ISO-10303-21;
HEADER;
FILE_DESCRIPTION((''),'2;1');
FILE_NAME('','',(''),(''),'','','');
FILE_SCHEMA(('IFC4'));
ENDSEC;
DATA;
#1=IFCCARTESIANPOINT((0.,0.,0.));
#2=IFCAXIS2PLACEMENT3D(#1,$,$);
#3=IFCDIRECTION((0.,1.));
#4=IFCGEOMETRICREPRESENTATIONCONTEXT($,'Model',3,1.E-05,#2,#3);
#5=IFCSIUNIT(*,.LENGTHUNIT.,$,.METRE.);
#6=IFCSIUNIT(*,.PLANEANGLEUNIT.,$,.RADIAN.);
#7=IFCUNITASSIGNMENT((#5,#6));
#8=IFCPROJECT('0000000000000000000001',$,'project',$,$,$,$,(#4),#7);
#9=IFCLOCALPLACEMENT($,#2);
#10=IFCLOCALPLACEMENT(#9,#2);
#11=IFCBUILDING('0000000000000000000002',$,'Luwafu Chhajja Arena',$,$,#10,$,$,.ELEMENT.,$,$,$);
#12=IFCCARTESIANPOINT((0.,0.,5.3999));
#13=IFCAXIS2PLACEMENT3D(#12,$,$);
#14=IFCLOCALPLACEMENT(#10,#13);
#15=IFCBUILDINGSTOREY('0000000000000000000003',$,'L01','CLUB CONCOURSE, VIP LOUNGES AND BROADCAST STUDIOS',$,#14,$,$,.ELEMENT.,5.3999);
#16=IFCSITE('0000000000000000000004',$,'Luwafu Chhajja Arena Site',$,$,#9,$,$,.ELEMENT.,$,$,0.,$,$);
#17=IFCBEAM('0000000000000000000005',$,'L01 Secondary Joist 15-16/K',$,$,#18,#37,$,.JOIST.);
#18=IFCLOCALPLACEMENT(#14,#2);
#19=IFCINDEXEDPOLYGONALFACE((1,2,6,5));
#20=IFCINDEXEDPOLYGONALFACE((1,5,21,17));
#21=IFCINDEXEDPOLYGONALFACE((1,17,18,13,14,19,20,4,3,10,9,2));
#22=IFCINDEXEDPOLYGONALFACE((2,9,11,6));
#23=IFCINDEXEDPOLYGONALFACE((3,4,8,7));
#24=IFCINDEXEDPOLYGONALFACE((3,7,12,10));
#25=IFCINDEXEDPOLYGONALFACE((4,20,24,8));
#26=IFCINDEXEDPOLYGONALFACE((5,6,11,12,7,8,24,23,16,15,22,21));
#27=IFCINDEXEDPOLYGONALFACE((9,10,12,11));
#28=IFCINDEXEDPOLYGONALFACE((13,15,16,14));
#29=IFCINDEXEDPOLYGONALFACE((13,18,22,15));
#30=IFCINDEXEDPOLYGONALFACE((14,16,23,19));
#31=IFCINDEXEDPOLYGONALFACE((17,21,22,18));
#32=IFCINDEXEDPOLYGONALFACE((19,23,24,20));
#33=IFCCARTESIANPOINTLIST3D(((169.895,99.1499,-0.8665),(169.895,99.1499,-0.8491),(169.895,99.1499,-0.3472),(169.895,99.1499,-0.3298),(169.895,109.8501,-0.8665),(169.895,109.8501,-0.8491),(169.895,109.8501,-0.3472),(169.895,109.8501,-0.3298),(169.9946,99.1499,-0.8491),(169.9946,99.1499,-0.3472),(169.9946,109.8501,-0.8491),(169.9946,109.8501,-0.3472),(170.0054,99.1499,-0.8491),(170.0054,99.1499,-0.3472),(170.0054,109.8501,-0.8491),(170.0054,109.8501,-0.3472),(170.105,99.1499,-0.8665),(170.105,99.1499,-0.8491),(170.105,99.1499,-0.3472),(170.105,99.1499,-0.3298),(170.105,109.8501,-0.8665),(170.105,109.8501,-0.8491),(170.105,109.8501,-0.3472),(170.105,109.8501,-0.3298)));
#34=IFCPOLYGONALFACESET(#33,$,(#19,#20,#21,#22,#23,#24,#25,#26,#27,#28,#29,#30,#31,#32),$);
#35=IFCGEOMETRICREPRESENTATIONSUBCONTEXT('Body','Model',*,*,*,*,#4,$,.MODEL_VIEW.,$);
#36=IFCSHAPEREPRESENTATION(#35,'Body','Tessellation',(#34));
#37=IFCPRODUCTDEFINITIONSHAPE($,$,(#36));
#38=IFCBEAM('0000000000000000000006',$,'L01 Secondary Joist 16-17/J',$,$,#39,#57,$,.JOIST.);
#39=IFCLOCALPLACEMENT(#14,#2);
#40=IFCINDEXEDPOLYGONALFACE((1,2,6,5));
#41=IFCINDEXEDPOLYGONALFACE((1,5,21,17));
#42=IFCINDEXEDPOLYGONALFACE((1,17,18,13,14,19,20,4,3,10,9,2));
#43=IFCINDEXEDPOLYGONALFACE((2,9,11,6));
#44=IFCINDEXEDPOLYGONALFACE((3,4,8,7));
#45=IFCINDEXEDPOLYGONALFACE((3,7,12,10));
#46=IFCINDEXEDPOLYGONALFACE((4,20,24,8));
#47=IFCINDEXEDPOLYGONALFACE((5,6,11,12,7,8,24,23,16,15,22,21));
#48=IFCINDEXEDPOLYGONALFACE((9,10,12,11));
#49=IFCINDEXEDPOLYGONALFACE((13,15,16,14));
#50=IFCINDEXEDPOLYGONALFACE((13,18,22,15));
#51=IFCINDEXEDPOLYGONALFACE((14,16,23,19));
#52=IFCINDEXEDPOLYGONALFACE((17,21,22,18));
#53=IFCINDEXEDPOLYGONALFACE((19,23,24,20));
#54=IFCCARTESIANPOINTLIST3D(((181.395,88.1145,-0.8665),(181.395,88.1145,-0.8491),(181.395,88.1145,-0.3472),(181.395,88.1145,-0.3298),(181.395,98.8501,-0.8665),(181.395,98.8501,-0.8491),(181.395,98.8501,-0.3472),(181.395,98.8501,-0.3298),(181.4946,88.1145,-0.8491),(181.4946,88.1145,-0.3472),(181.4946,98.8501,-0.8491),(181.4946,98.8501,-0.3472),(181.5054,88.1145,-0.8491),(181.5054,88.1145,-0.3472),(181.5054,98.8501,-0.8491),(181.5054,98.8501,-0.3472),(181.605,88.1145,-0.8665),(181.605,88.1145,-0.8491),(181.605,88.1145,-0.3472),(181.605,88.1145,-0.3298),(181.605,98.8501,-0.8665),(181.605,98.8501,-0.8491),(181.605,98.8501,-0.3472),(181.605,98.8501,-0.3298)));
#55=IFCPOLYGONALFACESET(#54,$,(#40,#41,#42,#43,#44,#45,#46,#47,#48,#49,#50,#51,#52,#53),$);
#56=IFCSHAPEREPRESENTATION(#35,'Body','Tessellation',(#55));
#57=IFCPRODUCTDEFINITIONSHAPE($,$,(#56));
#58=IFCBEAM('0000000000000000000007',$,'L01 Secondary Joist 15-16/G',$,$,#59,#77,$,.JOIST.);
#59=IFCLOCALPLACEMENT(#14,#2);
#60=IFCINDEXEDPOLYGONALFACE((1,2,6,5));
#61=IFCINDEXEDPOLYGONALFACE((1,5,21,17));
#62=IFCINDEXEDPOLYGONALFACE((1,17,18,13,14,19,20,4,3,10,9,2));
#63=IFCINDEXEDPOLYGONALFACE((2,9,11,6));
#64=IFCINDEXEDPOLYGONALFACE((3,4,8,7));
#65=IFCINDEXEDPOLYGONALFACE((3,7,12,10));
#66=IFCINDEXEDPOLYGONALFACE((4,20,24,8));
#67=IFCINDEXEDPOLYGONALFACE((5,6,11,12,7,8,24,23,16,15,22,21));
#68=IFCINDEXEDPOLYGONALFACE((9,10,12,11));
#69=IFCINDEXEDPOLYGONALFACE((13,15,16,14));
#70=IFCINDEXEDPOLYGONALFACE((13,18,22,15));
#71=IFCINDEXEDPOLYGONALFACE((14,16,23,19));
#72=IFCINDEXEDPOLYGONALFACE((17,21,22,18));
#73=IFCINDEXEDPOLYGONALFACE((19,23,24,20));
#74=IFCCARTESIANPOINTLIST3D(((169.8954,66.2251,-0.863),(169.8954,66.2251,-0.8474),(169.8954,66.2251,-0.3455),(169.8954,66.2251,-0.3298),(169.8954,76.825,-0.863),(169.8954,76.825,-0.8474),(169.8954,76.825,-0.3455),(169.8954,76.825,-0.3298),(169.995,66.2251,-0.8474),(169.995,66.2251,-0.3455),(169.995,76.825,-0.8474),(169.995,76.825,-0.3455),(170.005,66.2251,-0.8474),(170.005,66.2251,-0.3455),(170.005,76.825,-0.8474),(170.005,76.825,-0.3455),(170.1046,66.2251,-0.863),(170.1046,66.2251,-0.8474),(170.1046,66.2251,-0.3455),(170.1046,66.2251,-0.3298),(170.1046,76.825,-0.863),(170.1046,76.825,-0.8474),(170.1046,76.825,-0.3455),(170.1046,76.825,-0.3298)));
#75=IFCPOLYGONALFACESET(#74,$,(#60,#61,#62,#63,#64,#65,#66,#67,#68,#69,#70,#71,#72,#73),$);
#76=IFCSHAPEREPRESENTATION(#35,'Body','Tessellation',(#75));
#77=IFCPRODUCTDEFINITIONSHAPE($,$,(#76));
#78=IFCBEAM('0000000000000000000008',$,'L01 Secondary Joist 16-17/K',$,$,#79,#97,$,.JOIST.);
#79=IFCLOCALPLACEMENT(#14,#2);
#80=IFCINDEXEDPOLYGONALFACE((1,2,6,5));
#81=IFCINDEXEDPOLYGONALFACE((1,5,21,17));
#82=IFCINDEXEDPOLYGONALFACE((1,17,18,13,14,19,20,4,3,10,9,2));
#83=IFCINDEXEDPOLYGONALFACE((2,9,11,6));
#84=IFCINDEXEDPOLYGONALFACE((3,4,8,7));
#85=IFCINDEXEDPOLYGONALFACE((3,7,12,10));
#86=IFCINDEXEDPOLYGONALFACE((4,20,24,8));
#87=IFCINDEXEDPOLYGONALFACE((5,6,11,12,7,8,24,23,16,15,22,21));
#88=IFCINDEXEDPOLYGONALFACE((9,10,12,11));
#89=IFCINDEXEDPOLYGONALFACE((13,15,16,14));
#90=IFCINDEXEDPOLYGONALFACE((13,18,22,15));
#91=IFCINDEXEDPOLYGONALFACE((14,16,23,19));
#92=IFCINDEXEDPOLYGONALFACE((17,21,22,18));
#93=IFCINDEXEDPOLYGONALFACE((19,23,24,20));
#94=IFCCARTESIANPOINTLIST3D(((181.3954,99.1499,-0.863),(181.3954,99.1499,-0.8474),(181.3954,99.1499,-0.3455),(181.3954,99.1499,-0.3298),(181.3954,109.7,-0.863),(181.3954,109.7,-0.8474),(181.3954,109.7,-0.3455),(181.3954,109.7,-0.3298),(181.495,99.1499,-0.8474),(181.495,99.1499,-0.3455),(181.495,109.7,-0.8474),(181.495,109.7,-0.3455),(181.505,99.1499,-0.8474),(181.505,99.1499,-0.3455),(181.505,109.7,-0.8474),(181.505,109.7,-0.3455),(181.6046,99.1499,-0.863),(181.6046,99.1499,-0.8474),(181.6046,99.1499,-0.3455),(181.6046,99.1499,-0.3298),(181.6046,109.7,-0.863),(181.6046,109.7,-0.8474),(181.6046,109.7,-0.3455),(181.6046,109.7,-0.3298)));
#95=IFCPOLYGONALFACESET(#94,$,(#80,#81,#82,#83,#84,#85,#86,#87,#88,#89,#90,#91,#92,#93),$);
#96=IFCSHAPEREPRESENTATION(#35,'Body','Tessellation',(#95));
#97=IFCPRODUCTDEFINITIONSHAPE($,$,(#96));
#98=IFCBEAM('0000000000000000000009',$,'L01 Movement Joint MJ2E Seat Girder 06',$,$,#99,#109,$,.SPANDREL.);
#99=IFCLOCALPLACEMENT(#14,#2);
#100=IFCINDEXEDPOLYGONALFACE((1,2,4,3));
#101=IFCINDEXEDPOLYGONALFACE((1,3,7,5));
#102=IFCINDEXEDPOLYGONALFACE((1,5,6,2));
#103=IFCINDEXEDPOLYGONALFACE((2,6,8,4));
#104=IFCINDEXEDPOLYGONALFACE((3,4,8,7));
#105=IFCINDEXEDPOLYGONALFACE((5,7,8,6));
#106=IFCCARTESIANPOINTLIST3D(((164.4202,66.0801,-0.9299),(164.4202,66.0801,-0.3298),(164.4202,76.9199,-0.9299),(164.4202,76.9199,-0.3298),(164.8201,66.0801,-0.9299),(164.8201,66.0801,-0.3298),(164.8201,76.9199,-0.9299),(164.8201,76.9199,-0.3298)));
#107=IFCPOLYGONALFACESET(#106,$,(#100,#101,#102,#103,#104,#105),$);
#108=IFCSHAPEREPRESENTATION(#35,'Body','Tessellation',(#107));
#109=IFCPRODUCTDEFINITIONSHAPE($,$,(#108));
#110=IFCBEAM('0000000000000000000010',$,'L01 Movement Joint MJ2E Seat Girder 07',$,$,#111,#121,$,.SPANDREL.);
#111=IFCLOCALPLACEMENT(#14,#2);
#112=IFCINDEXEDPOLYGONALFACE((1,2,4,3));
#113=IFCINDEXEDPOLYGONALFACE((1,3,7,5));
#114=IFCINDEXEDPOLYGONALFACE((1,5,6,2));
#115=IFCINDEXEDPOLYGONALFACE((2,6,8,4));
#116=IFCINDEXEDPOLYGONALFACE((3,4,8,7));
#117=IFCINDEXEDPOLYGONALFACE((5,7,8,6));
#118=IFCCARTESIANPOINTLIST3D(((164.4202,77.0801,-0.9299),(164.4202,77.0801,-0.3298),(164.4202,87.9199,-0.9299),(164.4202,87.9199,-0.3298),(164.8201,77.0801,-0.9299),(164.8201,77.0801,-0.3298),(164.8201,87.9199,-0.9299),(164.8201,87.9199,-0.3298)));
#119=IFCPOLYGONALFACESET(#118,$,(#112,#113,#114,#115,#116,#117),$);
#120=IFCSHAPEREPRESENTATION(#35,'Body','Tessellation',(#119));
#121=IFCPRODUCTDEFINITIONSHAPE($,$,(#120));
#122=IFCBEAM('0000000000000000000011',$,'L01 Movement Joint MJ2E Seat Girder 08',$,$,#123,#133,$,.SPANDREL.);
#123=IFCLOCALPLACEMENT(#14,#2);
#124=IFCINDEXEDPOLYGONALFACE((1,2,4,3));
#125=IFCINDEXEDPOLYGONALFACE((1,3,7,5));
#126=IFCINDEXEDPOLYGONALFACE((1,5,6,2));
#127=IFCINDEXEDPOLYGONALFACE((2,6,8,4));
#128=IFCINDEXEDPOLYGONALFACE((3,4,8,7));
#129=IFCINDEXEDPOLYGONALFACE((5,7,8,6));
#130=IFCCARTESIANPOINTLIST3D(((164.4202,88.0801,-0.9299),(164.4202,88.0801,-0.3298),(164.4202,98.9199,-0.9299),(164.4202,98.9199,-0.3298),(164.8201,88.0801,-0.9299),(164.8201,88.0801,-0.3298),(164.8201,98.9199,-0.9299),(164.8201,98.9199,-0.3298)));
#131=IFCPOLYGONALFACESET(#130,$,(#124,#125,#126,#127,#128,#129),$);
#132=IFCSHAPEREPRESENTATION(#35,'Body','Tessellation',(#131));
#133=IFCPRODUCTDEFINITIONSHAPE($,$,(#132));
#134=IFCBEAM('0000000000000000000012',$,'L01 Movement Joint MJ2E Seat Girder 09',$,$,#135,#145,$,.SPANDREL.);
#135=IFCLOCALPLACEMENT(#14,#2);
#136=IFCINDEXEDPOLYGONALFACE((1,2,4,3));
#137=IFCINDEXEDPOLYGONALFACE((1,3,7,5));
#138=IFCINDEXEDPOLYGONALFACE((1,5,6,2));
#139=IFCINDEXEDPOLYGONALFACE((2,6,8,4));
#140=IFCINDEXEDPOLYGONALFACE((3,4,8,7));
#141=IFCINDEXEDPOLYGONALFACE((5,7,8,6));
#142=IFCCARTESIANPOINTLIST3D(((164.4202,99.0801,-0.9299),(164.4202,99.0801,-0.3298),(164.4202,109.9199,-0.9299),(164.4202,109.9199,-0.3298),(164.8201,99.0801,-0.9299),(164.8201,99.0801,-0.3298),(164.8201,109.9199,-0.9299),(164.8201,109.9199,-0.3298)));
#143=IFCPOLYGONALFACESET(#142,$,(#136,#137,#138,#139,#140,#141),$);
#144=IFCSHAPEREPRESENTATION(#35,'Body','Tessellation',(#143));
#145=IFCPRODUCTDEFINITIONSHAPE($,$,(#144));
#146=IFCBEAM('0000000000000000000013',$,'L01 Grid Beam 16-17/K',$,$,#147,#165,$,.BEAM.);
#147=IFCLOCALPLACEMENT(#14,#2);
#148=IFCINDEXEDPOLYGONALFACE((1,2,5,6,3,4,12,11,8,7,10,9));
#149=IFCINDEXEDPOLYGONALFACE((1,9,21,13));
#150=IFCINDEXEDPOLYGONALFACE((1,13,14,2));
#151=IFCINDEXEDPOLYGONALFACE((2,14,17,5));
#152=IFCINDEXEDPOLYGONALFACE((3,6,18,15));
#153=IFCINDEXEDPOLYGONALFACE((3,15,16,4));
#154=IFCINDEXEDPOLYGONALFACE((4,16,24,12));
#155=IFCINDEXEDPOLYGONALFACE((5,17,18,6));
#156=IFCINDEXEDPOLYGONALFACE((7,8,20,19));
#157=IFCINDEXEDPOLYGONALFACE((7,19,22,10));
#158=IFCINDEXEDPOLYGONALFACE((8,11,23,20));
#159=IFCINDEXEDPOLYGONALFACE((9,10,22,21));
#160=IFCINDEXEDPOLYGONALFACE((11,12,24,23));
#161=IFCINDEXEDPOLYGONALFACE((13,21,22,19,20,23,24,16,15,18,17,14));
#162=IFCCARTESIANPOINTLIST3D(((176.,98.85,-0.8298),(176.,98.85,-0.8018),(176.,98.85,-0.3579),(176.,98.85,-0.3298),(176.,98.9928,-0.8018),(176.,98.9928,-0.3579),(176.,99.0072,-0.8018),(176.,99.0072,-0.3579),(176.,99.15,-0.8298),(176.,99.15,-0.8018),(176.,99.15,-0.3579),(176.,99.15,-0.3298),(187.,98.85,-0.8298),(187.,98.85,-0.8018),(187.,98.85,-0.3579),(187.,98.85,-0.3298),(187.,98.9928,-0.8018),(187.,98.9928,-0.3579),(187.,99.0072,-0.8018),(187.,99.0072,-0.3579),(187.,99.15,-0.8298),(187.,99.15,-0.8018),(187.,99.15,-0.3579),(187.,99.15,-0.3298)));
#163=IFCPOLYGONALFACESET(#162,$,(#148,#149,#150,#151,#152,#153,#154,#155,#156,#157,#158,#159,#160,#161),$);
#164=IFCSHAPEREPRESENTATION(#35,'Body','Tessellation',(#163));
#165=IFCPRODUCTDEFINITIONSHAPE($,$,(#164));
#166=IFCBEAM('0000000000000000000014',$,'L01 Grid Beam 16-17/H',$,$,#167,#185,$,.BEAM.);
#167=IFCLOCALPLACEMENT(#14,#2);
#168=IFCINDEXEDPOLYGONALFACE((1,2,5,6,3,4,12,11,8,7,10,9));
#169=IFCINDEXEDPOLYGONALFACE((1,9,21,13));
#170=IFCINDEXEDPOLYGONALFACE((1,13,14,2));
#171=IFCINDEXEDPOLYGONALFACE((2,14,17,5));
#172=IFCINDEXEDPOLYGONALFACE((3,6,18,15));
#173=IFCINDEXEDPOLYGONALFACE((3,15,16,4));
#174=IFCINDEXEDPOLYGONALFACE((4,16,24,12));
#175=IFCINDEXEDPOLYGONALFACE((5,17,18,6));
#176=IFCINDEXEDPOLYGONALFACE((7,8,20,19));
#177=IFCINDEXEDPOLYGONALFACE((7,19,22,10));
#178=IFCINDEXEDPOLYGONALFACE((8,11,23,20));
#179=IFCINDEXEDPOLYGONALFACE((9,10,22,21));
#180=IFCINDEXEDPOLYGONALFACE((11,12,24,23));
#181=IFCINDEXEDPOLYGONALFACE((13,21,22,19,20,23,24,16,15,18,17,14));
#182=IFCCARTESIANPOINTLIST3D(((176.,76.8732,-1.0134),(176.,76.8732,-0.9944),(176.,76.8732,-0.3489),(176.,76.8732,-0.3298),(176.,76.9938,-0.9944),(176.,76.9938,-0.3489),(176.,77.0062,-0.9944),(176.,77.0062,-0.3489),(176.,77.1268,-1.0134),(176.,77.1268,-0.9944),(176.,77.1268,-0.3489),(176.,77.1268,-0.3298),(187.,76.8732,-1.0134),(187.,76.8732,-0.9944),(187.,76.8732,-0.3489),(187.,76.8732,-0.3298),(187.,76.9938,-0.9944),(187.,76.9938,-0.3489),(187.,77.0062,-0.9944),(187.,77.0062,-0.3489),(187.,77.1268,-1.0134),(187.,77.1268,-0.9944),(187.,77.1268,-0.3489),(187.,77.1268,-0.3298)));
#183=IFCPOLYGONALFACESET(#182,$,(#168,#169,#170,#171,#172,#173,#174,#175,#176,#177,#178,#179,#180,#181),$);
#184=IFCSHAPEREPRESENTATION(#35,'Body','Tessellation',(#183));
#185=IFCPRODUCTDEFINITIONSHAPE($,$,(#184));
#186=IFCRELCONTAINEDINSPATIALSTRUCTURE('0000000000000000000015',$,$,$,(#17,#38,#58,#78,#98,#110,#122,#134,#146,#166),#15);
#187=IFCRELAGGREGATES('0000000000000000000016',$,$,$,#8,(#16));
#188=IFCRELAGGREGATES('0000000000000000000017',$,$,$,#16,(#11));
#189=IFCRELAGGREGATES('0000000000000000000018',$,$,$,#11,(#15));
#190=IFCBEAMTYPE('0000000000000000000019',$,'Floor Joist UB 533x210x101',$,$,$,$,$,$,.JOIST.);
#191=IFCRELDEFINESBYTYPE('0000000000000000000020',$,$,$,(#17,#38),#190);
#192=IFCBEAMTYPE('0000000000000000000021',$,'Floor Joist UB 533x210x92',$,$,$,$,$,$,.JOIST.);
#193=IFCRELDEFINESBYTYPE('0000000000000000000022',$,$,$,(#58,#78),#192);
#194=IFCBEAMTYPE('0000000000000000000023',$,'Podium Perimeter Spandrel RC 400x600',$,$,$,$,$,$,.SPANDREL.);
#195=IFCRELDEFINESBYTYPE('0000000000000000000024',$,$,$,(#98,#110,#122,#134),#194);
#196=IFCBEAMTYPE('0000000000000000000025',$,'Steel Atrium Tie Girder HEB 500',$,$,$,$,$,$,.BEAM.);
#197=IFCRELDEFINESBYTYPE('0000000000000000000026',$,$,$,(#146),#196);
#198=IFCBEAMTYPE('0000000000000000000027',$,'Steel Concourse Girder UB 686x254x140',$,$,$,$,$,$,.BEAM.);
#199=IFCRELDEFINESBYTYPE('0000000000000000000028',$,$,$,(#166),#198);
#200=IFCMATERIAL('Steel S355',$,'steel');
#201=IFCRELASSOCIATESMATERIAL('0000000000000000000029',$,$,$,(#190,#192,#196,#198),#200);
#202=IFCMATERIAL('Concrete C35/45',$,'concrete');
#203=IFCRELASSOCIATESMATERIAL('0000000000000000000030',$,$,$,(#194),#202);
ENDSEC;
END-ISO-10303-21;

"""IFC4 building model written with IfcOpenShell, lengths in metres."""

from ifc_helpers import new_model, si_unit, direction, frame, origin, origin_2d, place, context, subcontext, project, spatial, rectangle, i_section, extrude, material, material_profile, profile_set, type_object, element, save


model = new_model("IFC4")

# Units and contexts
model_context = context("Model", 3, precision=1e-05, world=origin(), true_north=direction((0.0, 1.0)))
body_context = subcontext(model_context, "Body", "Model", "MODEL_VIEW")
ifc_project = project(units=[si_unit("LENGTHUNIT", "METRE"), si_unit("PLANEANGLEUNIT", "RADIAN")], contexts=[model_context])

# Site, building, storey
site_placement = place(None, origin())
site = spatial("IfcSite", under=ifc_project, at=site_placement, Name="Luwafu Chhajja Arena Site", CompositionType="ELEMENT", RefElevation=0.0)
building_placement = place(site_placement, origin())
building = spatial("IfcBuilding", under=site, at=building_placement, Name="Luwafu Chhajja Arena", CompositionType="ELEMENT")
storey_placement = place(building_placement, frame((0.0, 0.0, 5.3999)))
storey = spatial("IfcBuildingStorey", under=building, at=storey_placement, Name="L01", Description="CLUB CONCOURSE, VIP LOUNGES AND BROADCAST STUDIOS", CompositionType="ELEMENT", Elevation=5.3999)

# Shared definitions
ifc_material_1 = material(Name="Concrete C35/45", Category="concrete")

# Beams
ifc_material_2 = material(Name="Steel S355", Category="steel")
ifc_material_profile_1 = material_profile(ifc_material_2, i_section(OverallWidth=0.21, OverallDepth=0.5366, WebThickness=0.0107, FlangeThickness=0.0173, at=origin_2d()), Name="UB 533x210x101")
ifc_profile_set_1 = profile_set([ifc_material_profile_1], Name="Steel S355")
beam_type_1 = type_object("IfcBeamType", Name="Floor Joist UB 533x210x101", PredefinedType="JOIST", material=ifc_profile_set_1)
beam_1_placement = place(storey_placement, frame((170.0, 99.1499, -0.5981), z_axis=(0.0, 1.0, 0.0), x_axis=(-1.0, 0.0, 0.0)))
element("IfcBeam", 1, at=beam_1_placement, inside=storey, type_object=beam_type_1, Name="L01 Secondary Joist 15-16/K", PredefinedType="JOIST", context=body_context, shape_type="SweptSolid", body=[
    extrude(i_section(OverallWidth=0.21, OverallDepth=0.5366, WebThickness=0.0107, FlangeThickness=0.0173, at=origin_2d()), origin(), (0.0, 0.0, 1.0), 10.7002),
])
beam_2_placement = place(storey_placement, frame((181.5, 88.1145, -0.5981), z_axis=(0.0, 1.0, 0.0), x_axis=(-1.0, 0.0, 0.0)))
element("IfcBeam", 2, at=beam_2_placement, inside=storey, type_object=beam_type_1, Name="L01 Secondary Joist 16-17/J", PredefinedType="JOIST", context=body_context, shape_type="SweptSolid", body=[
    extrude(i_section(OverallWidth=0.21, OverallDepth=0.5366, WebThickness=0.0107, FlangeThickness=0.0173, at=origin_2d()), origin(), (0.0, 0.0, 1.0), 10.7356),
])
ifc_material_profile_2 = material_profile(ifc_material_2, i_section(OverallWidth=0.2092, OverallDepth=0.5332, WebThickness=0.01, FlangeThickness=0.0156, at=origin_2d()), Name="UB 533x210x92")
ifc_profile_set_2 = profile_set([ifc_material_profile_2], Name="Steel S355")
beam_type_2 = type_object("IfcBeamType", Name="Floor Joist UB 533x210x92", PredefinedType="JOIST", material=ifc_profile_set_2)
beam_3_placement = place(storey_placement, frame((170.0, 66.2251, -0.5964), z_axis=(0.0, 1.0, 0.0), x_axis=(-1.0, 0.0, 0.0)))
element("IfcBeam", 3, at=beam_3_placement, inside=storey, type_object=beam_type_2, Name="L01 Secondary Joist 15-16/G", PredefinedType="JOIST", context=body_context, shape_type="SweptSolid", body=[
    extrude(i_section(OverallWidth=0.2092, OverallDepth=0.5332, WebThickness=0.01, FlangeThickness=0.0156, at=origin_2d()), origin(), (0.0, 0.0, 1.0), 10.5999),
])
beam_4_placement = place(storey_placement, frame((181.5, 99.1499, -0.5964), z_axis=(0.0, 1.0, 0.0), x_axis=(-1.0, 0.0, 0.0)))
element("IfcBeam", 4, at=beam_4_placement, inside=storey, type_object=beam_type_2, Name="L01 Secondary Joist 16-17/K", PredefinedType="JOIST", context=body_context, shape_type="SweptSolid", body=[
    extrude(i_section(OverallWidth=0.2092, OverallDepth=0.5332, WebThickness=0.01, FlangeThickness=0.0156, at=origin_2d()), origin(), (0.0, 0.0, 1.0), 10.55),
])
ifc_material_profile_3 = material_profile(ifc_material_1, rectangle(XDim=0.3999, YDim=0.6001, at=origin_2d()), Name="RC 400x600")
ifc_profile_set_3 = profile_set([ifc_material_profile_3], Name="Concrete C35/45")
beam_type_3 = type_object("IfcBeamType", Name="Podium Perimeter Spandrel RC 400x600", PredefinedType="SPANDREL", material=ifc_profile_set_3)
for number, where, z_axis, x_axis, name in (
    (5, (164.6201, 66.0801, -0.6299), (0.0, 1.0, 0.0), (-1.0, 0.0, 0.0), "L01 Movement Joint MJ2E Seat Girder 06"),
    (6, (164.6201, 77.0801, -0.6299), (0.0, 1.0, 0.0), (-1.0, 0.0, 0.0), "L01 Movement Joint MJ2E Seat Girder 07"),
    (7, (164.6201, 88.0801, -0.6299), (0.0, 1.0, 0.0), (-1.0, 0.0, 0.0), "L01 Movement Joint MJ2E Seat Girder 08"),
    (8, (164.6201, 99.0801, -0.6299), (0.0, 1.0, 0.0), (-1.0, 0.0, 0.0), "L01 Movement Joint MJ2E Seat Girder 09"),
):
    element("IfcBeam", number, at=place(storey_placement, frame(where, z_axis=z_axis, x_axis=x_axis)), inside=storey, type_object=beam_type_3, Name=name, PredefinedType="SPANDREL", context=body_context, shape_type="SweptSolid", body=[
        extrude(rectangle(XDim=0.3999, YDim=0.6001, at=origin_2d()), origin(), (0.0, 0.0, 1.0), 10.8398),
    ])
ifc_material_profile_4 = material_profile(ifc_material_2, i_section(OverallWidth=0.3, OverallDepth=0.5, WebThickness=0.0144, FlangeThickness=0.0281, at=origin_2d()), Name="HEB 500")
ifc_profile_set_4 = profile_set([ifc_material_profile_4], Name="Steel S355")
beam_type_4 = type_object("IfcBeamType", Name="Steel Atrium Tie Girder HEB 500", PredefinedType="BEAM", material=ifc_profile_set_4)
beam_5_placement = place(storey_placement, frame((176.0, 99.0, -0.5798), z_axis=(1.0, 0.0, 0.0), x_axis=(0.0, 1.0, 0.0)))
element("IfcBeam", 9, at=beam_5_placement, inside=storey, type_object=beam_type_4, Name="L01 Grid Beam 16-17/K", PredefinedType="BEAM", context=body_context, shape_type="SweptSolid", body=[
    extrude(i_section(OverallWidth=0.3, OverallDepth=0.5, WebThickness=0.0144, FlangeThickness=0.0281, at=origin_2d()), origin(), (0.0, 0.0, 1.0), 11.0),
])
ifc_material_profile_5 = material_profile(ifc_material_2, i_section(OverallWidth=0.2537, OverallDepth=0.6836, WebThickness=0.0125, FlangeThickness=0.019, at=origin_2d()), Name="UB 686x254x140")
ifc_profile_set_5 = profile_set([ifc_material_profile_5], Name="Steel S355")
beam_type_5 = type_object("IfcBeamType", Name="Steel Concourse Girder UB 686x254x140", PredefinedType="BEAM", material=ifc_profile_set_5)
for number, where, z_axis, x_axis, name in (
    (10, (176.0, 77.0, -0.6716), (1.0, 0.0, 0.0), (0.0, 1.0, 0.0), "L01 Grid Beam 16-17/H"),
):
    element("IfcBeam", number, at=place(storey_placement, frame(where, z_axis=z_axis, x_axis=x_axis)), inside=storey, type_object=beam_type_5, Name=name, PredefinedType="BEAM", context=body_context, shape_type="SweptSolid", body=[
        extrude(i_section(OverallWidth=0.2537, OverallDepth=0.6836, WebThickness=0.0125, FlangeThickness=0.019, at=origin_2d()), origin(), (0.0, 0.0, 1.0), 11.0),
    ])

save(model, "model.ifc")
